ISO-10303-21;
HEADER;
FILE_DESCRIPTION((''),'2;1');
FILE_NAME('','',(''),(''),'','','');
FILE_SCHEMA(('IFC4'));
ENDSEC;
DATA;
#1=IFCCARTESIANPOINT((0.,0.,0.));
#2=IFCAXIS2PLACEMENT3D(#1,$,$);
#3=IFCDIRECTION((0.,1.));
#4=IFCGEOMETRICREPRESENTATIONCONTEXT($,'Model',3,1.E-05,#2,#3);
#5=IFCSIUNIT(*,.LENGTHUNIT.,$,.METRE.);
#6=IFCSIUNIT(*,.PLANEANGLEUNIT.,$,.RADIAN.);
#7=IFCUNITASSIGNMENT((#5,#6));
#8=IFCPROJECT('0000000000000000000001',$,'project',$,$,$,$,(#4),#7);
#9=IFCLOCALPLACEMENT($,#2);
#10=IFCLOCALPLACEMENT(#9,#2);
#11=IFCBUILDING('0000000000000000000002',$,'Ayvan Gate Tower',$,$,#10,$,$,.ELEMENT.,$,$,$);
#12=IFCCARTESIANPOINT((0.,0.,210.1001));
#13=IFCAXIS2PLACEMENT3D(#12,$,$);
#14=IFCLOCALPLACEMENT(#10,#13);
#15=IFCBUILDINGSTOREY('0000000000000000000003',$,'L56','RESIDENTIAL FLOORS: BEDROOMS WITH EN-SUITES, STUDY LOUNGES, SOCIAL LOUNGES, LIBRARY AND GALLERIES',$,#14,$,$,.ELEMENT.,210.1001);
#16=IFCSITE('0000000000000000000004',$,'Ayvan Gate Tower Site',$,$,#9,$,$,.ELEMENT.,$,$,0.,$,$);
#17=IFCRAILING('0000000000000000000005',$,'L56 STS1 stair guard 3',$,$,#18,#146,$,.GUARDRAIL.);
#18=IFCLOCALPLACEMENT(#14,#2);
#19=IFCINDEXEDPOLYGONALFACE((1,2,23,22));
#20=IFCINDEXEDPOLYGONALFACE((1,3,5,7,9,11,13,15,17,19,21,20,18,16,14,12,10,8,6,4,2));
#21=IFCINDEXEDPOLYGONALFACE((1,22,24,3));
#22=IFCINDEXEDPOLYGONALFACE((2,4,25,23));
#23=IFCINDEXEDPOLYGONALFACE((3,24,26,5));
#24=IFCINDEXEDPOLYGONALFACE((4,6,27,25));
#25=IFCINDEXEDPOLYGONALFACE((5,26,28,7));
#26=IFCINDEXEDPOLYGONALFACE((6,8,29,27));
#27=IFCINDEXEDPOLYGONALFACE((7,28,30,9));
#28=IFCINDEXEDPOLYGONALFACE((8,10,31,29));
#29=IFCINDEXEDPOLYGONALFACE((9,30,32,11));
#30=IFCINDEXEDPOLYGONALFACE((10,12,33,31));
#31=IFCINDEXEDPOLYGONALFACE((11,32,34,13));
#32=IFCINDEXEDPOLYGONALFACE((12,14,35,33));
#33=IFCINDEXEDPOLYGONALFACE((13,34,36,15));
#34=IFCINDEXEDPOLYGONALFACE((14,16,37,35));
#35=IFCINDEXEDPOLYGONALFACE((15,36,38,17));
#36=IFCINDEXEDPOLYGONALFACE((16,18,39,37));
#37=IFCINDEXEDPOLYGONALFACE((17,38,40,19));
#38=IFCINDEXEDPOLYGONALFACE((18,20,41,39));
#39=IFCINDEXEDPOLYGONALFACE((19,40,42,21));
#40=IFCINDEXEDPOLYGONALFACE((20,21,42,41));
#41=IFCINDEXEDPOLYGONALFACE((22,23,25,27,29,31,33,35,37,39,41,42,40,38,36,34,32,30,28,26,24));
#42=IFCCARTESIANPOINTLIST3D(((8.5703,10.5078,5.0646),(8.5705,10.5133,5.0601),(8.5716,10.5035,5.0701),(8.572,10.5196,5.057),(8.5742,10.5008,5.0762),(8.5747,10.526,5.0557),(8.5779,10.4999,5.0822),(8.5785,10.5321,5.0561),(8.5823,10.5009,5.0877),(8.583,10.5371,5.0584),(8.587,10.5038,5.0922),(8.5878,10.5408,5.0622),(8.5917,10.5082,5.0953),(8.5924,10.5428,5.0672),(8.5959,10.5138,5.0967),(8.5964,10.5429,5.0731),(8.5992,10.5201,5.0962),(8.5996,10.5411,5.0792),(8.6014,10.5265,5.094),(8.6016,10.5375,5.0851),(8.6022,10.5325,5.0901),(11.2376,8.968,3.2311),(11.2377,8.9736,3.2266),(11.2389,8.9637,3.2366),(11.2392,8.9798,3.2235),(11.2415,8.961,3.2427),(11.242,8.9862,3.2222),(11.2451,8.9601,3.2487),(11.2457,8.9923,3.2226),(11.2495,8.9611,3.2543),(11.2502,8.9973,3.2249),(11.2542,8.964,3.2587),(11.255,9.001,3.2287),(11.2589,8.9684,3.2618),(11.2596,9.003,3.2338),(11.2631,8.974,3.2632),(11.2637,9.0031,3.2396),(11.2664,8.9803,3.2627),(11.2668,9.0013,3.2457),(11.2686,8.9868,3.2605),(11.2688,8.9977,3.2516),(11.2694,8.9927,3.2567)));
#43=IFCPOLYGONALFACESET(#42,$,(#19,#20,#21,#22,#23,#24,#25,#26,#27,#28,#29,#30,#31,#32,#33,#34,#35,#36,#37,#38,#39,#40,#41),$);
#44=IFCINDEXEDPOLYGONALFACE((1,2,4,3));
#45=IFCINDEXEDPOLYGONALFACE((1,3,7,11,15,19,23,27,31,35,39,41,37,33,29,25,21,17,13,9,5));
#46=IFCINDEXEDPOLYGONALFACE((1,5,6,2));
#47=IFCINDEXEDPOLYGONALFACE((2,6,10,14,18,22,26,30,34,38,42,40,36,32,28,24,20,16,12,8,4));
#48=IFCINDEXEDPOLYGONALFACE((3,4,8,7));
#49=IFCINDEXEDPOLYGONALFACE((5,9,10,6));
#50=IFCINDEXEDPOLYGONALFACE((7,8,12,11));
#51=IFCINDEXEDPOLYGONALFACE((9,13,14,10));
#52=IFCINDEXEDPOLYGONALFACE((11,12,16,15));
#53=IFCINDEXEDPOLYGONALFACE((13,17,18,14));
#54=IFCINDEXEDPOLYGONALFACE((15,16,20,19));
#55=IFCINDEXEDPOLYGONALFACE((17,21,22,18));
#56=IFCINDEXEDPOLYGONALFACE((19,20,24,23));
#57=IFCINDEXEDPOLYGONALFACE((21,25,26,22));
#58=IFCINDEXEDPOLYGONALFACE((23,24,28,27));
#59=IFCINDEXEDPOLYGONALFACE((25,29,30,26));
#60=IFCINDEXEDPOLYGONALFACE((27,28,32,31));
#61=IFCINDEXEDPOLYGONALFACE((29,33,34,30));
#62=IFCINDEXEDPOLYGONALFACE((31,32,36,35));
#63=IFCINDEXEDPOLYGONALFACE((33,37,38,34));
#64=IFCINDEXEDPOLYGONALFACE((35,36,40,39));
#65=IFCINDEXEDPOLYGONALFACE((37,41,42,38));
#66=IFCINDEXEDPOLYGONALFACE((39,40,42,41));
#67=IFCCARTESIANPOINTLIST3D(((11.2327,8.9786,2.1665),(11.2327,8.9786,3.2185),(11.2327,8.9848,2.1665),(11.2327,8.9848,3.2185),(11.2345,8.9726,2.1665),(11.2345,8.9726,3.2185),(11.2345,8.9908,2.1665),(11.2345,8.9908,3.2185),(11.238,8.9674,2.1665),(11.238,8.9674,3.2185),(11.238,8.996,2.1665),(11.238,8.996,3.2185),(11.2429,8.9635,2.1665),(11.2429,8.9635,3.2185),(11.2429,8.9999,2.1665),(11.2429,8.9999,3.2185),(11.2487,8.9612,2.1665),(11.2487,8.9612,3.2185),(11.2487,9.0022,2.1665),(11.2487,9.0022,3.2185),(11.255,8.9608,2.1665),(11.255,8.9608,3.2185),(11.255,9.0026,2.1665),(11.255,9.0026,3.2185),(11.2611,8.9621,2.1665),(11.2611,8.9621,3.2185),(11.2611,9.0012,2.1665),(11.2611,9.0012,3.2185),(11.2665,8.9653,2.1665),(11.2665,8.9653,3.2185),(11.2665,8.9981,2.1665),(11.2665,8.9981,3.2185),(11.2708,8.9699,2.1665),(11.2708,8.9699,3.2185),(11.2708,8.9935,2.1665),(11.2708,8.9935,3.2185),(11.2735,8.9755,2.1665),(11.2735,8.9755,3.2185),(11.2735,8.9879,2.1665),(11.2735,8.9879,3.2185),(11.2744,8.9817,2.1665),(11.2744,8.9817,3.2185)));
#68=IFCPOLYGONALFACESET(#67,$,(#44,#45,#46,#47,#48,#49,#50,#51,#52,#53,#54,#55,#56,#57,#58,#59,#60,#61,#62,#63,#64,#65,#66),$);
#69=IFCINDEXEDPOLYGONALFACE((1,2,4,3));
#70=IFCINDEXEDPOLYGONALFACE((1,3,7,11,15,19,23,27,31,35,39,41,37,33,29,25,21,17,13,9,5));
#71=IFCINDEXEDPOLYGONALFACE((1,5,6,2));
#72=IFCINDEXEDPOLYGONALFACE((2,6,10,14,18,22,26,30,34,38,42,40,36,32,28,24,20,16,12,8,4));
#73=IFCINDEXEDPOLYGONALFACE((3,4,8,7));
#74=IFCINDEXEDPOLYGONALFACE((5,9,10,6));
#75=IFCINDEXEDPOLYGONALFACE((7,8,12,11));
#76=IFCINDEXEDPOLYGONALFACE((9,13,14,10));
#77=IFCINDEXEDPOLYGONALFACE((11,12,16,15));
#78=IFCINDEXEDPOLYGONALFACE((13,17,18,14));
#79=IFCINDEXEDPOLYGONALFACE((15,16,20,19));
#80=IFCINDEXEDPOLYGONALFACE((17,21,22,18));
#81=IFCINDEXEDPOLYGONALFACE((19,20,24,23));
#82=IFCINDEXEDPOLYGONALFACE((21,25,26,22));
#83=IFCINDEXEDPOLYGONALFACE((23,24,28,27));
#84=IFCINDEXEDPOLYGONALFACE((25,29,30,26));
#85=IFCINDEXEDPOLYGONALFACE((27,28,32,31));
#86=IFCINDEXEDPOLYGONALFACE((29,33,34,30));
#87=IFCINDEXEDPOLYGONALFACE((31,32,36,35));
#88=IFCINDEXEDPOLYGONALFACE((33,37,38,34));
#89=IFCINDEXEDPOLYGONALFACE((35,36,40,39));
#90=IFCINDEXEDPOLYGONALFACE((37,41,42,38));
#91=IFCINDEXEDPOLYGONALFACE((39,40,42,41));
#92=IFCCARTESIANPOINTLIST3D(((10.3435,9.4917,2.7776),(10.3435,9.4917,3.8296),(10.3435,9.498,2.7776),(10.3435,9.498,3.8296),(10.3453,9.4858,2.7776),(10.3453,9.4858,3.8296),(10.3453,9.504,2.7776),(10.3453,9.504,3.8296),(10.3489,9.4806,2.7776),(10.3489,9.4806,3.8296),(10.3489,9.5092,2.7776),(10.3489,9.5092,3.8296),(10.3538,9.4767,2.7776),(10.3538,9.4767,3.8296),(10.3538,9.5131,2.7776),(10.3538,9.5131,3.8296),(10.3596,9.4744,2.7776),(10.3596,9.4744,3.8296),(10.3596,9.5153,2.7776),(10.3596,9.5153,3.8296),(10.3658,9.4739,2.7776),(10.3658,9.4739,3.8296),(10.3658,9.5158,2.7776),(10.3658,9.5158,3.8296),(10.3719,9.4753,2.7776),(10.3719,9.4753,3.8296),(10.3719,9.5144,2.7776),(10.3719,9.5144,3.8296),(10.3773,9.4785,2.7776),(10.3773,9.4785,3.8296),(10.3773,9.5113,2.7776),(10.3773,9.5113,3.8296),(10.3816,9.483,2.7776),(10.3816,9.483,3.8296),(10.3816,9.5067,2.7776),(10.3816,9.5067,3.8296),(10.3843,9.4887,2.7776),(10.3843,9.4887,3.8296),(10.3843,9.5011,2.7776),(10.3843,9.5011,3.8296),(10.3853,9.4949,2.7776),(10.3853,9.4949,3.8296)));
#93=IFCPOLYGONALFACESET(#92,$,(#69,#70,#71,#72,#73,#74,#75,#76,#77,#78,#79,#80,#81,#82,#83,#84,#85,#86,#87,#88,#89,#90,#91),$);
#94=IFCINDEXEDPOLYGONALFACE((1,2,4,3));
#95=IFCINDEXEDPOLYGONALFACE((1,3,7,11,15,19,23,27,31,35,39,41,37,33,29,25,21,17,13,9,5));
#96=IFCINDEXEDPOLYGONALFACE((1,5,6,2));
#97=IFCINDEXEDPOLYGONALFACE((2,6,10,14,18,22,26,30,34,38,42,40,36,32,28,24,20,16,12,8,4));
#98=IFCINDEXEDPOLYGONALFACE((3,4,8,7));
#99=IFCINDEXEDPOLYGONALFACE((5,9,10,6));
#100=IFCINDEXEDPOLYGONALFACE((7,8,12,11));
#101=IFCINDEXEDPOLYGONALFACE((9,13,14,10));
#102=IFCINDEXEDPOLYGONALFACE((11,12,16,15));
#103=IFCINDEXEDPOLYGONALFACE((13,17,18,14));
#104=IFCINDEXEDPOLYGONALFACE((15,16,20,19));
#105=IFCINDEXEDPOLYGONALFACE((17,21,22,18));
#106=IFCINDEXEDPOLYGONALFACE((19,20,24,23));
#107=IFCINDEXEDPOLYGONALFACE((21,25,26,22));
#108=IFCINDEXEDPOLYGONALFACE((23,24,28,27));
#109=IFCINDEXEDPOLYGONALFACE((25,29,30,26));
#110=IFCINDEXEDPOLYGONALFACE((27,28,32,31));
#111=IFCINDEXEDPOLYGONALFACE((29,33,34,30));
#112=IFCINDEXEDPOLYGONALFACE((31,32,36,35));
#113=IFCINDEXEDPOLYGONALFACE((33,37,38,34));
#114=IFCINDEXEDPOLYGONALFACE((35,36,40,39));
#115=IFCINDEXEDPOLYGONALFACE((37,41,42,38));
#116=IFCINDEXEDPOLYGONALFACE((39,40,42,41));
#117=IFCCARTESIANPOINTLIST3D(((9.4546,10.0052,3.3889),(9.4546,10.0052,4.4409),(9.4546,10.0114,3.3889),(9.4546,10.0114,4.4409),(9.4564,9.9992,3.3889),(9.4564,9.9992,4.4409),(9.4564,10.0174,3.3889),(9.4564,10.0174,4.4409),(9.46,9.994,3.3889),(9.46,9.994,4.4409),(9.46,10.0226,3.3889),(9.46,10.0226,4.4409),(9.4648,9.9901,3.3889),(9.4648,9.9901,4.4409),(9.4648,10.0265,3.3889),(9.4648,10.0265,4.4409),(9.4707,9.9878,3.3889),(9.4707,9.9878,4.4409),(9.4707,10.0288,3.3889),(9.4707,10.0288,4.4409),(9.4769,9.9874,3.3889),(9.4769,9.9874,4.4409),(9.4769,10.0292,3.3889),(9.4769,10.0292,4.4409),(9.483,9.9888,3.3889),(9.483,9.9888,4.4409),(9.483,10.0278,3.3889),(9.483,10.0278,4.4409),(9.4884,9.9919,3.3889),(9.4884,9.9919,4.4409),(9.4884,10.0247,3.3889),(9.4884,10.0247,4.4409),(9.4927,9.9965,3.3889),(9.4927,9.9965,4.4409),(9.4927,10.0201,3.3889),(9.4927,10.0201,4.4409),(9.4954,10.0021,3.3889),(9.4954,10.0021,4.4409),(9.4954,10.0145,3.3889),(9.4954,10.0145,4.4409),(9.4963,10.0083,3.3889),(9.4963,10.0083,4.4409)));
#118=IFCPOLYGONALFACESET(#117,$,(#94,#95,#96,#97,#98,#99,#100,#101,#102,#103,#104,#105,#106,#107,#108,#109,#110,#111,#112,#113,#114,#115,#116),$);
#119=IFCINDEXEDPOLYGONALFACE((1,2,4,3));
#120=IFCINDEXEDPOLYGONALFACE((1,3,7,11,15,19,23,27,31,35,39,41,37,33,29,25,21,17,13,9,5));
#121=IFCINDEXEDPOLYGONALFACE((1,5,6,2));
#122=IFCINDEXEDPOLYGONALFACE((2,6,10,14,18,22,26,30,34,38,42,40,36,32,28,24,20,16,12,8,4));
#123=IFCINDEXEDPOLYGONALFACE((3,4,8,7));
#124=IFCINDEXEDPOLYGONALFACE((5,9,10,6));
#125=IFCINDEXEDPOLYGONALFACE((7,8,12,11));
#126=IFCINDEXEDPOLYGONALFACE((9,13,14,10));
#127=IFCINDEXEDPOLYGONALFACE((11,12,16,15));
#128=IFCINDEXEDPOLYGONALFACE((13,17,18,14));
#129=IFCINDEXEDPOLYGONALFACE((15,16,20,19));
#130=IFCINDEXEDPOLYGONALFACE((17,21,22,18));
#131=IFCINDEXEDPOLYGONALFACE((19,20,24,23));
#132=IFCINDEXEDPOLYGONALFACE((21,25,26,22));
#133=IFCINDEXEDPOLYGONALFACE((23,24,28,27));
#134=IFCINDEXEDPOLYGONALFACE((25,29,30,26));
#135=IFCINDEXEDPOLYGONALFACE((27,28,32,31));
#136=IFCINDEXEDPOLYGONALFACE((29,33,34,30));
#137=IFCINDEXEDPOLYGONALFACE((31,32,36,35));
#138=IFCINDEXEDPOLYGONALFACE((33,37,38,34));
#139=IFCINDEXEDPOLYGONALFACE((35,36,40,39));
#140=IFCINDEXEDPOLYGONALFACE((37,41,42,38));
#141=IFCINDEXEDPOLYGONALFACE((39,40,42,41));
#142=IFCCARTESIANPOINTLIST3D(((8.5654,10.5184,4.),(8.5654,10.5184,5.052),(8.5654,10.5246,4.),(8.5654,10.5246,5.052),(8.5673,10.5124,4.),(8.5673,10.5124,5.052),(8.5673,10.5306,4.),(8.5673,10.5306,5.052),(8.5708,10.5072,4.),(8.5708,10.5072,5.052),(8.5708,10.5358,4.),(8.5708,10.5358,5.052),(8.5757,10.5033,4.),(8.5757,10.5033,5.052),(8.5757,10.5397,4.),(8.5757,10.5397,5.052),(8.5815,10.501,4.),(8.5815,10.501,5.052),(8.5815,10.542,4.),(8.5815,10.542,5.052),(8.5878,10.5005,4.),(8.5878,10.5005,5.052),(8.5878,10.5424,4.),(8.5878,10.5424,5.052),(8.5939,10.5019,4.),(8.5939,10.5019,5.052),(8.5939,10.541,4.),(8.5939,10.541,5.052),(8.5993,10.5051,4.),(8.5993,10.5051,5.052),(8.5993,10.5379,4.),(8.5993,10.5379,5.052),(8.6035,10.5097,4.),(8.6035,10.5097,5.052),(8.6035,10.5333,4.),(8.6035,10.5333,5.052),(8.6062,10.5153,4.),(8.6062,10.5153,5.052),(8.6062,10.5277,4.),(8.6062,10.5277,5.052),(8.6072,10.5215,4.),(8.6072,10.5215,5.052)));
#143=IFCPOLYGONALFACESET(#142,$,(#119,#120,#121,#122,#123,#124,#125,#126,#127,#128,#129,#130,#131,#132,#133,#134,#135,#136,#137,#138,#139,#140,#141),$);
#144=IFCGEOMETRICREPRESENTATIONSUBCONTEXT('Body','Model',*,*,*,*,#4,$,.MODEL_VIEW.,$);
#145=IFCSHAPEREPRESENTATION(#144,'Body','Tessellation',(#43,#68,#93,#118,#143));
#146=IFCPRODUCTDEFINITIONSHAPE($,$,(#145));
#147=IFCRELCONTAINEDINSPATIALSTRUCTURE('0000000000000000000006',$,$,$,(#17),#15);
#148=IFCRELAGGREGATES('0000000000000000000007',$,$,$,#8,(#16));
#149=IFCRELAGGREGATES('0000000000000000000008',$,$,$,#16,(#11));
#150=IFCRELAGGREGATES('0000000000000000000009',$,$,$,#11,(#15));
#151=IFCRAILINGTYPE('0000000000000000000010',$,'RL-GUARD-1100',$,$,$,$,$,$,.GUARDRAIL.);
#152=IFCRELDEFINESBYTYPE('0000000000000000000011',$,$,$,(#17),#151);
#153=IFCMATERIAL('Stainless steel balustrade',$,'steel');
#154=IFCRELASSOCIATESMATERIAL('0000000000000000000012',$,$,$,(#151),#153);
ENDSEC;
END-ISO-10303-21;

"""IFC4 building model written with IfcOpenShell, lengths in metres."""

from ifc_helpers import new_model, si_unit, direction, frame, origin, origin_2d, place, context, subcontext, project, spatial, circle, extrude, material, type_object, element, save


model = new_model("IFC4")

# Units and contexts
model_context = context("Model", 3, precision=1e-05, world=origin(), true_north=direction((0.0, 1.0)))
body_context = subcontext(model_context, "Body", "Model", "MODEL_VIEW")
ifc_project = project(units=[si_unit("LENGTHUNIT", "METRE"), si_unit("PLANEANGLEUNIT", "RADIAN")], contexts=[model_context])

# Site, building, storey
site_placement = place(None, origin())
site = spatial("IfcSite", under=ifc_project, at=site_placement, Name="Ayvan Gate Tower Site", CompositionType="ELEMENT", RefElevation=0.0)
building_placement = place(site_placement, origin())
building = spatial("IfcBuilding", under=site, at=building_placement, Name="Ayvan Gate Tower", CompositionType="ELEMENT")
storey_placement = place(building_placement, frame((0.0, 0.0, 210.1001)))
storey = spatial("IfcBuildingStorey", under=building, at=storey_placement, Name="L56", Description="RESIDENTIAL FLOORS: BEDROOMS WITH EN-SUITES, STUDY LOUNGES, SOCIAL LOUNGES, LIBRARY AND GALLERIES", CompositionType="ELEMENT", Elevation=210.1001)

# Railing
ifc_material_1 = material(Name="Stainless steel balustrade", Category="steel")
railing_type_1 = type_object("IfcRailingType", Name="RL-GUARD-1100", PredefinedType="GUARDRAIL", material=ifc_material_1)
railing_1_placement = place(storey_placement, frame((11.2534, 8.9817, 2.1665)))
element("IfcRailing", 1, at=railing_1_placement, inside=storey, type_object=railing_type_1, Name="L56 STS1 stair guard 3", PredefinedType="GUARDRAIL", context=body_context, shape_type="SweptSolid", body=[
    extrude(circle(Radius=0.0239, at=origin_2d()), frame((0.0, 0.0, 1.0762), z_axis=(-0.744155, 0.429601, 0.511543), x_axis=(-0.499967, -0.866044, 0.0)), (0.0, 0.0, 1.0), 3.5842),
    extrude(circle(Radius=0.021, at=origin_2d()), origin(), (0.0, 0.0, 1.0), 1.052),
    extrude(circle(Radius=0.021, at=origin_2d()), frame((-0.8892, 0.5132, 0.6111)), (0.0, 0.0, 1.0), 1.052),
    extrude(circle(Radius=0.021, at=origin_2d()), frame((-1.7781, 1.0266, 1.2224)), (0.0, 0.0, 1.0), 1.052),
    extrude(circle(Radius=0.021, at=origin_2d()), frame((-2.6672, 1.5398, 1.8335)), (0.0, 0.0, 1.0), 1.052),
])

save(model, "model.ifc")
